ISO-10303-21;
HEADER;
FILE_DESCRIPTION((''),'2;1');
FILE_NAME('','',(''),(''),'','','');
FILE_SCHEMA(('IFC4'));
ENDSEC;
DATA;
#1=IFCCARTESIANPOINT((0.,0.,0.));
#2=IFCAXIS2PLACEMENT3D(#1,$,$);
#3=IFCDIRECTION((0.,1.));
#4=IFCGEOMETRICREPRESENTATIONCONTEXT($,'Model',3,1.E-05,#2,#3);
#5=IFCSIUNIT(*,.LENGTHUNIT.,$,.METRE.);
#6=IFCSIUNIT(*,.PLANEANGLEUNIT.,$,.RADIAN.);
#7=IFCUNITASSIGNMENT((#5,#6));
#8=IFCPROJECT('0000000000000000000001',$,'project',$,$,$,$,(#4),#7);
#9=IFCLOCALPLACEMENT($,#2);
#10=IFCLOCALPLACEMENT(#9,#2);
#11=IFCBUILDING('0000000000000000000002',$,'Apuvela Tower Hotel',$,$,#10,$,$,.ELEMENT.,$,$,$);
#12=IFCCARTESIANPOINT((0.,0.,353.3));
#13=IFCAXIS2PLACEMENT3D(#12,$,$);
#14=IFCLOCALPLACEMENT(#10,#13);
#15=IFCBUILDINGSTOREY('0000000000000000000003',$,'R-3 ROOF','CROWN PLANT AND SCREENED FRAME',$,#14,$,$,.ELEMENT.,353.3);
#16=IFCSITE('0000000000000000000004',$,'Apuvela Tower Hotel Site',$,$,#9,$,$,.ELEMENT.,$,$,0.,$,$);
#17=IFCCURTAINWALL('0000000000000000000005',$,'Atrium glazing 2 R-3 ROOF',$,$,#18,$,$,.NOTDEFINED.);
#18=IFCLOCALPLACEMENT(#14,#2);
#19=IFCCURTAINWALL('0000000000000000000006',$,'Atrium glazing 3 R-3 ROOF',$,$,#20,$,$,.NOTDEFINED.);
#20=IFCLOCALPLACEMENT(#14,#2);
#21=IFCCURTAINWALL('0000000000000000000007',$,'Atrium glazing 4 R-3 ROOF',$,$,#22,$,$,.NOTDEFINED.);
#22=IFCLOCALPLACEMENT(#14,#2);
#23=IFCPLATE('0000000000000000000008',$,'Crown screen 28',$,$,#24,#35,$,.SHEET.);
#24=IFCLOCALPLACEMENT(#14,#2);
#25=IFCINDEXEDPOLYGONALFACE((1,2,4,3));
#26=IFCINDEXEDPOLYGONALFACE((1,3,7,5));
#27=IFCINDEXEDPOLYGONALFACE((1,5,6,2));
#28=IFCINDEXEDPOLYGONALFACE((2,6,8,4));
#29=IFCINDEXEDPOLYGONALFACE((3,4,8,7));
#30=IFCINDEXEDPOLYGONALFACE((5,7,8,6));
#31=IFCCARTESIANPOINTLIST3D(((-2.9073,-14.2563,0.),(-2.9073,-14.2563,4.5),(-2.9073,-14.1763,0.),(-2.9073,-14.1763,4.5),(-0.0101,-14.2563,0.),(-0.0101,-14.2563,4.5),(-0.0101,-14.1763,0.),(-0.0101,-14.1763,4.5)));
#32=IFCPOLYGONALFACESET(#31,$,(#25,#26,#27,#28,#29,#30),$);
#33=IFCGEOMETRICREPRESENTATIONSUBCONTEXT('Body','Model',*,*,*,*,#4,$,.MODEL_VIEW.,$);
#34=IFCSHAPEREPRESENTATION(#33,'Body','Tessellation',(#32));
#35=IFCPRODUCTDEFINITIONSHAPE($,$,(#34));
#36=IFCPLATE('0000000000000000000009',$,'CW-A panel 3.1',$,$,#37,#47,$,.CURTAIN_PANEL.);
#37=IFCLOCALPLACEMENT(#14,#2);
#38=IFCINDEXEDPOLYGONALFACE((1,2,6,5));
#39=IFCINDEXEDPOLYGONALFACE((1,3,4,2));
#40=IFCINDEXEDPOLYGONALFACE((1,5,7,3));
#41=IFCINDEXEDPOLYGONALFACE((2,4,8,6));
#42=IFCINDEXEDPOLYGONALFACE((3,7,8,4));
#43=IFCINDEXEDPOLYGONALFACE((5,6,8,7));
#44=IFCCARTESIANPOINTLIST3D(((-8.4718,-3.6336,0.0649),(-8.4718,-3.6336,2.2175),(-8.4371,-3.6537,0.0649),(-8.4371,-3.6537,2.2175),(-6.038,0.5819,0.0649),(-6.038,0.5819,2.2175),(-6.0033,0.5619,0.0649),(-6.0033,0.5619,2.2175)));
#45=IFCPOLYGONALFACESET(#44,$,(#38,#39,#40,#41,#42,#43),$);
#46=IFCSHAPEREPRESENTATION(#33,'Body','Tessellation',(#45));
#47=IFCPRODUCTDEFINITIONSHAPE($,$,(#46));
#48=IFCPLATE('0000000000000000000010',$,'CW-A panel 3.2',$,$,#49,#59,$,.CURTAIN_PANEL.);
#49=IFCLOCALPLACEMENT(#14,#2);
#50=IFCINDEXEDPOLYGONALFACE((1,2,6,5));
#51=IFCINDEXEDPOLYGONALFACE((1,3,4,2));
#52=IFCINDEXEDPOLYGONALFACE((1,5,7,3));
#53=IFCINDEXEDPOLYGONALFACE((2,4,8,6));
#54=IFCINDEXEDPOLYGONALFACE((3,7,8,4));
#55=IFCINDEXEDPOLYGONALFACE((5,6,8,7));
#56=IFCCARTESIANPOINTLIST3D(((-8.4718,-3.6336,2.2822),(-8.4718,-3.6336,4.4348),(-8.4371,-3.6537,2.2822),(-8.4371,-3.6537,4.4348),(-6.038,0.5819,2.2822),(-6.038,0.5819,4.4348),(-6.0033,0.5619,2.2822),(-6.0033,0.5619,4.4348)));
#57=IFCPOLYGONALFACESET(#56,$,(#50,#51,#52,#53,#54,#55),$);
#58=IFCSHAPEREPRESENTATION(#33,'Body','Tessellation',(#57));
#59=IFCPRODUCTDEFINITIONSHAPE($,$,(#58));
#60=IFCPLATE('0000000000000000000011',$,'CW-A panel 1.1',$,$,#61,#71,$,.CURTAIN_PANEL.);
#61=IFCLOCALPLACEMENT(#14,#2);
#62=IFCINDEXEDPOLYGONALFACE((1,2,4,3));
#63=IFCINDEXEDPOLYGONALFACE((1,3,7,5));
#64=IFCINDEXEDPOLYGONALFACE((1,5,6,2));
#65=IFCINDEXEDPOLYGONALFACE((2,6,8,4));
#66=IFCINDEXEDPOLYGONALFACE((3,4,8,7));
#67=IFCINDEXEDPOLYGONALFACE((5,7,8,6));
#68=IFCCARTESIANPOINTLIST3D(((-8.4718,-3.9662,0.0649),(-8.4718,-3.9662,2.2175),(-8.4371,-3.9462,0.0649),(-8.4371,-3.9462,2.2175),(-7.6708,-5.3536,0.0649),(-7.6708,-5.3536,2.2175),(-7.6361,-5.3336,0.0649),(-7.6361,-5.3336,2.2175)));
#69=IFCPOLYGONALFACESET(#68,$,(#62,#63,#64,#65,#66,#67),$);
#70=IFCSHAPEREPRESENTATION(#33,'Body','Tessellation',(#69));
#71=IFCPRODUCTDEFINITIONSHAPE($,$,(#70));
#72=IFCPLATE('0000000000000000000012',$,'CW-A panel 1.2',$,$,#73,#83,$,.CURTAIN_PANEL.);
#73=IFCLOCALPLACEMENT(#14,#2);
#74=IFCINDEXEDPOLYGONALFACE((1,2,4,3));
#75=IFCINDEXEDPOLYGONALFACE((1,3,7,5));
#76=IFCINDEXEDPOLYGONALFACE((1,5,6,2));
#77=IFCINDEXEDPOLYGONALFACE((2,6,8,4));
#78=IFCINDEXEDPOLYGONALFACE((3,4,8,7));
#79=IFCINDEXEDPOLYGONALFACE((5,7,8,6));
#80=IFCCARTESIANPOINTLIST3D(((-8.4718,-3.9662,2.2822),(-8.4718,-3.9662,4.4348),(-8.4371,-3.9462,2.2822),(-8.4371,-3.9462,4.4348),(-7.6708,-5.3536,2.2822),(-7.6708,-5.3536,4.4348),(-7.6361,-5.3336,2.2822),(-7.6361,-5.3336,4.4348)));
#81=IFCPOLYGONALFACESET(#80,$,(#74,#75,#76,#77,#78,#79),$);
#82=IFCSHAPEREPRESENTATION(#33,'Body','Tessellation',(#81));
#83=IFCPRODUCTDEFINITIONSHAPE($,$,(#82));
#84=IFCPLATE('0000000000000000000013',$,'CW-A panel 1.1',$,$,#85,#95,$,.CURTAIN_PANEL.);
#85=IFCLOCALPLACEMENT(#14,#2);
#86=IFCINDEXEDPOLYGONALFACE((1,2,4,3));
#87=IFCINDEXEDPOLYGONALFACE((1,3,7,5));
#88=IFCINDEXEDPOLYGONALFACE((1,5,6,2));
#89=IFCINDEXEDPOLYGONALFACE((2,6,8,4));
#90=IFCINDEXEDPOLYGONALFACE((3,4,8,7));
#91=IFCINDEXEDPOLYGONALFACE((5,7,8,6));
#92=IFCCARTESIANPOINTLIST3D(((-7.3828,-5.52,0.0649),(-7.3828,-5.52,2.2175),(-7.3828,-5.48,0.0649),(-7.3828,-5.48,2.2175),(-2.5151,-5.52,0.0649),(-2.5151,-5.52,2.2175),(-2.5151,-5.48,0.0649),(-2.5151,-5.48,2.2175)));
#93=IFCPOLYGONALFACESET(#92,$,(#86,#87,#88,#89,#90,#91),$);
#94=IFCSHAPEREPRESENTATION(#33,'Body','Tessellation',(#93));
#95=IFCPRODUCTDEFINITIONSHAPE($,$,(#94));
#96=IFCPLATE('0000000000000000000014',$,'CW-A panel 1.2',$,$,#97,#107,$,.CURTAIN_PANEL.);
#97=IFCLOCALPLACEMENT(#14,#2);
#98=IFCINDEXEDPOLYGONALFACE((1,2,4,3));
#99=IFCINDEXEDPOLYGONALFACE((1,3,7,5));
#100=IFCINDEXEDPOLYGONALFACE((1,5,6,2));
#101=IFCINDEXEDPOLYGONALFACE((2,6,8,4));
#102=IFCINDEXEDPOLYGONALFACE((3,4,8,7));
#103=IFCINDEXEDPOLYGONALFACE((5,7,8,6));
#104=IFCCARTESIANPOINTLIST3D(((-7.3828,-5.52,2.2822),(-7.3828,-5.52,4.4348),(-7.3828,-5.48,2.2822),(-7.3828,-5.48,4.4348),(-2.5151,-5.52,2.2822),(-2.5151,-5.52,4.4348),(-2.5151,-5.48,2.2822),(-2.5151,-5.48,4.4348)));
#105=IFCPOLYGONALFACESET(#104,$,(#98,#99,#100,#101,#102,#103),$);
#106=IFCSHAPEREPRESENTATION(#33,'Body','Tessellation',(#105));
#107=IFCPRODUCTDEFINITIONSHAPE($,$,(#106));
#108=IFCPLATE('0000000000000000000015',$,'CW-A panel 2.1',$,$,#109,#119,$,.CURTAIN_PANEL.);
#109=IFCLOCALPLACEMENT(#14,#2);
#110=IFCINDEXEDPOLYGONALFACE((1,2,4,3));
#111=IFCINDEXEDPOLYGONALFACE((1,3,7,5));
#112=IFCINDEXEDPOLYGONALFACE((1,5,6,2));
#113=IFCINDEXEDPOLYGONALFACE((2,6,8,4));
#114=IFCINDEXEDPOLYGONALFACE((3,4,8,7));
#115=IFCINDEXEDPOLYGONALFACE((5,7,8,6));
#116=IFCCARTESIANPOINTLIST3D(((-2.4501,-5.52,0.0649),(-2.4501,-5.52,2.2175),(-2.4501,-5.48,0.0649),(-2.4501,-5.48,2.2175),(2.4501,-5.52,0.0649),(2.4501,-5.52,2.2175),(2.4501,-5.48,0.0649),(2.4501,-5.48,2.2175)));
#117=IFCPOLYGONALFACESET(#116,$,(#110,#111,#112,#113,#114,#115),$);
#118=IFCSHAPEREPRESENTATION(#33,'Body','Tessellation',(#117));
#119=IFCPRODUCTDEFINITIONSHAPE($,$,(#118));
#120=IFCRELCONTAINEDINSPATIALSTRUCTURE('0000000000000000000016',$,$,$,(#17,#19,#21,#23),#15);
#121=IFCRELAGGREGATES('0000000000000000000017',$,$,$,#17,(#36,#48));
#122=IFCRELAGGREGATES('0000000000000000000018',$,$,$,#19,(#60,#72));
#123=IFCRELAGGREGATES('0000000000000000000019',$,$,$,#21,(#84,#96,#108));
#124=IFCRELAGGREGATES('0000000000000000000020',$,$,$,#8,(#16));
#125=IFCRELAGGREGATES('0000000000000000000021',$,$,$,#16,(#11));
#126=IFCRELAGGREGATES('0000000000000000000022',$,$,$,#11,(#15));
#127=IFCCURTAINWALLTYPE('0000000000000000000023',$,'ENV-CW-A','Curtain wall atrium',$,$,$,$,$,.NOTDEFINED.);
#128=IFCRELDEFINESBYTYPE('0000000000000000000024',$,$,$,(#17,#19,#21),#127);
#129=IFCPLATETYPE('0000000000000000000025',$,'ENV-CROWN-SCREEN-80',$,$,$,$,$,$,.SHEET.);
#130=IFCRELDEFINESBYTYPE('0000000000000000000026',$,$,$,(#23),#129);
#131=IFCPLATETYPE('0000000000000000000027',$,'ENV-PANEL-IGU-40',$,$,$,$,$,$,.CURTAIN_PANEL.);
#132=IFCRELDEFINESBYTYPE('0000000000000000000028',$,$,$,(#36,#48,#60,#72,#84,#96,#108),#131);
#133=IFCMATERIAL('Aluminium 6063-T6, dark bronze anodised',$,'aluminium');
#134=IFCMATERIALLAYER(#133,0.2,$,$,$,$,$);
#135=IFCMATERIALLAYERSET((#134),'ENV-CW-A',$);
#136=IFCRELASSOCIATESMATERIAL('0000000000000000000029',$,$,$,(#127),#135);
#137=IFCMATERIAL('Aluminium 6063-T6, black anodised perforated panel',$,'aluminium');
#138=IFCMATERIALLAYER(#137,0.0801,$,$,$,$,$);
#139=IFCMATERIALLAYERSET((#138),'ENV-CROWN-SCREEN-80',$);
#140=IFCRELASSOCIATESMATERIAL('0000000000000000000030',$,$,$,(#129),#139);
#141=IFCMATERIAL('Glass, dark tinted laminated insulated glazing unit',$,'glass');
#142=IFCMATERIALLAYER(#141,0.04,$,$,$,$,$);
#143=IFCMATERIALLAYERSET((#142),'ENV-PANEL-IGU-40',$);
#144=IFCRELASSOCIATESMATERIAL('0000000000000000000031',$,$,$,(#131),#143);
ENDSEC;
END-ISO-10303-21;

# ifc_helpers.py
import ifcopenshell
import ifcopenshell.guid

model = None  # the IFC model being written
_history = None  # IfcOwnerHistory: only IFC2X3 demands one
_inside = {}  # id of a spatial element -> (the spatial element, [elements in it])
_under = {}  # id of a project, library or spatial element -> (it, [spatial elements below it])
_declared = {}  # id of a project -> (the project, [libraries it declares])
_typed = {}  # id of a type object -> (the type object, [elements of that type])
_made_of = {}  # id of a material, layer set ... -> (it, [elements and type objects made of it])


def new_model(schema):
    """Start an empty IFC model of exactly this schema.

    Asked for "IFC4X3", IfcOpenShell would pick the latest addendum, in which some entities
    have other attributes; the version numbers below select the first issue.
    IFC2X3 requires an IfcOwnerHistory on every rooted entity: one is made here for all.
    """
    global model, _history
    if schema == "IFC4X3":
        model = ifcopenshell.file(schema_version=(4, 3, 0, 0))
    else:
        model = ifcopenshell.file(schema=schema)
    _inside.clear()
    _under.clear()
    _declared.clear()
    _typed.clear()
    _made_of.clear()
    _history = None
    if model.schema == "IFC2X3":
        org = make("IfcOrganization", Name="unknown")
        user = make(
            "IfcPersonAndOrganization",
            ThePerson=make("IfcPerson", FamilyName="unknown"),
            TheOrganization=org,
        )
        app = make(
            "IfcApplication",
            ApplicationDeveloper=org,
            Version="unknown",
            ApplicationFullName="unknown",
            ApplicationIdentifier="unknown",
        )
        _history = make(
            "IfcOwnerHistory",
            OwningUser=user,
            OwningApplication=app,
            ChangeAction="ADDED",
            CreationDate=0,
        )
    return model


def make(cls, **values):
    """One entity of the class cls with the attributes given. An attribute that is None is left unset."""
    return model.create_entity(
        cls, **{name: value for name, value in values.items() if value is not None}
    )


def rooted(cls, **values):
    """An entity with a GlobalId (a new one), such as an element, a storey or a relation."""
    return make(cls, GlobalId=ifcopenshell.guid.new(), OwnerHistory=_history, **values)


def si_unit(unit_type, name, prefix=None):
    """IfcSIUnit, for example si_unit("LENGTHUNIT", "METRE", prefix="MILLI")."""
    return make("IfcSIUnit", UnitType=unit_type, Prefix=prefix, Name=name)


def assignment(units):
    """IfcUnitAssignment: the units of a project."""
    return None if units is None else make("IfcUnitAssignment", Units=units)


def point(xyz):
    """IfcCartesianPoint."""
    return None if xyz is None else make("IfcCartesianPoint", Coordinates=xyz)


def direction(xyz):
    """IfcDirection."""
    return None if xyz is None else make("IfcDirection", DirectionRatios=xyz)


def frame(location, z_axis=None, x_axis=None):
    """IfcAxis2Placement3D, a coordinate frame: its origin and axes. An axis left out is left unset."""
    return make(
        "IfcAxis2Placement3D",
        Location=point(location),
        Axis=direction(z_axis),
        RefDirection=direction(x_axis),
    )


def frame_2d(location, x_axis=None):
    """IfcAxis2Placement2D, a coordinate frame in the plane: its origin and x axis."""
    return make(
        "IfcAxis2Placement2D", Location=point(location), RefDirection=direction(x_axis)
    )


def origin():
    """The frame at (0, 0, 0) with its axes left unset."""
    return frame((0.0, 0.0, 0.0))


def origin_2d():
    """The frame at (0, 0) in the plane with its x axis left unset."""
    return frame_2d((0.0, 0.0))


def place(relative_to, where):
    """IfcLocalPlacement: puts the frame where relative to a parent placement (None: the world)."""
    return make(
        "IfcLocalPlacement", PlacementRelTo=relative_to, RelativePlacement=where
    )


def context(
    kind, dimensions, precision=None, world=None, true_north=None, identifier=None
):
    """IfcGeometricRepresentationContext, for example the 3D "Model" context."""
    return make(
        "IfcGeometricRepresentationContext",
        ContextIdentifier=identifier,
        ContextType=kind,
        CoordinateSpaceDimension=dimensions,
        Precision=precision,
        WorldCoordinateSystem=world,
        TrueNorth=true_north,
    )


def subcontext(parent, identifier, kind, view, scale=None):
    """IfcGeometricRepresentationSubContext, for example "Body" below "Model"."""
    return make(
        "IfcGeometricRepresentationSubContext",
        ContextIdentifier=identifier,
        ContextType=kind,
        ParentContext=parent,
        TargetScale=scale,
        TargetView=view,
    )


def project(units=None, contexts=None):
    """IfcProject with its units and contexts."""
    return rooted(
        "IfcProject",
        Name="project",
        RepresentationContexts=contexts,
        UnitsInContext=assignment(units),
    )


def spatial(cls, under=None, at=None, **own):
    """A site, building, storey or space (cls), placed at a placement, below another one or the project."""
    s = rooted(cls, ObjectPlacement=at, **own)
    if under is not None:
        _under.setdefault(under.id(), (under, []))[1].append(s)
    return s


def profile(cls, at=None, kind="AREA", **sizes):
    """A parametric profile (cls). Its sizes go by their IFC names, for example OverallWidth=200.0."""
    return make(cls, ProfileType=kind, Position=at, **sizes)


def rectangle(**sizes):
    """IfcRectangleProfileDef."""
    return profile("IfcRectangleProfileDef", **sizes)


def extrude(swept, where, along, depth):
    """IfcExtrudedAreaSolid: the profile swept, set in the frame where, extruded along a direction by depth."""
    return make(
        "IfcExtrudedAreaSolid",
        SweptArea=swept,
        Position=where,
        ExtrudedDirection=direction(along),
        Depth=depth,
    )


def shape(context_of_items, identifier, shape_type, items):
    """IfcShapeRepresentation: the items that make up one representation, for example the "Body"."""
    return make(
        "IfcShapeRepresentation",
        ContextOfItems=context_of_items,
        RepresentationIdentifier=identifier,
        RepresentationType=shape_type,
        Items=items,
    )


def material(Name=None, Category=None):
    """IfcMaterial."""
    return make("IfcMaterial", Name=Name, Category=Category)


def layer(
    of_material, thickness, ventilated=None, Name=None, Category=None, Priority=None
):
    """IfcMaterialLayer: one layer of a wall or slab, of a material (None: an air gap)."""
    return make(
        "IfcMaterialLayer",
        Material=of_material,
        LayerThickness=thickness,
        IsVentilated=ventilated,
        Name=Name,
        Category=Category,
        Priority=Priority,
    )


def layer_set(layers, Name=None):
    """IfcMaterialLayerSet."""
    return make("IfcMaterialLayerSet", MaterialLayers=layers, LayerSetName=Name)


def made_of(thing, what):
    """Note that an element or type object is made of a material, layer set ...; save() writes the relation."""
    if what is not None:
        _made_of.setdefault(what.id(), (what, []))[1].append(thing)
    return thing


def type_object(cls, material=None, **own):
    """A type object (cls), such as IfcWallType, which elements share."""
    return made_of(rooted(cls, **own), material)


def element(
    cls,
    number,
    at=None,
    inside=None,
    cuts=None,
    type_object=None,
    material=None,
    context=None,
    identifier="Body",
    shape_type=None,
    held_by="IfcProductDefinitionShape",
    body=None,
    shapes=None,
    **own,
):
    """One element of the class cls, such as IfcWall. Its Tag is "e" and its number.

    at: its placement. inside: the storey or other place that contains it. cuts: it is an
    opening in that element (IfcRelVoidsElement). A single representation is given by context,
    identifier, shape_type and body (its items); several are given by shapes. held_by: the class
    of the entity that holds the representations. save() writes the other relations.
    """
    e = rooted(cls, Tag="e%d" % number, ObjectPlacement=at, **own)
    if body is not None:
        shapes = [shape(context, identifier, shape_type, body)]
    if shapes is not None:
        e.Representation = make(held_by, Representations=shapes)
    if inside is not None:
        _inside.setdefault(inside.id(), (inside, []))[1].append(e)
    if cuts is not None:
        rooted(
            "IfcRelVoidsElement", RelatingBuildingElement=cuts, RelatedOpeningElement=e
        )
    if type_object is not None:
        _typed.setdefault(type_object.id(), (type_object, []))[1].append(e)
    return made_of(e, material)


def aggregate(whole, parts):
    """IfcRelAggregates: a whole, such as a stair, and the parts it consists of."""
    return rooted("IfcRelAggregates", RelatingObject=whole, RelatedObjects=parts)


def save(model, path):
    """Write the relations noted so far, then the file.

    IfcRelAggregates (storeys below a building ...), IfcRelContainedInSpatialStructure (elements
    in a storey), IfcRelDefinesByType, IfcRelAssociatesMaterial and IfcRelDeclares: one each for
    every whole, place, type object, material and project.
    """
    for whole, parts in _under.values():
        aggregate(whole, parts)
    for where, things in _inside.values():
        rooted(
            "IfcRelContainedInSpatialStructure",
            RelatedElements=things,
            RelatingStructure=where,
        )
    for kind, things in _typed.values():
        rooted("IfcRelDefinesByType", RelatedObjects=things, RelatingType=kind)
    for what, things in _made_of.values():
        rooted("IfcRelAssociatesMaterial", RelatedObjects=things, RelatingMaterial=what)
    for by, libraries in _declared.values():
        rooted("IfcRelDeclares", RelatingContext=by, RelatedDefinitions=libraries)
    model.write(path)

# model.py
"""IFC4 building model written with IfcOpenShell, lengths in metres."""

from ifc_helpers import new_model, si_unit, direction, frame, origin, origin_2d, place, context, subcontext, project, spatial, rectangle, extrude, material, layer, layer_set, type_object, element, aggregate, save


model = new_model("IFC4")

# Units and contexts
model_context = context("Model", 3, precision=1e-05, world=origin(), true_north=direction((0.0, 1.0)))
body_context = subcontext(model_context, "Body", "Model", "MODEL_VIEW")
ifc_project = project(units=[si_unit("LENGTHUNIT", "METRE"), si_unit("PLANEANGLEUNIT", "RADIAN")], contexts=[model_context])

# Site, building, storey
site_placement = place(None, origin())
site = spatial("IfcSite", under=ifc_project, at=site_placement, Name="Apuvela Tower Hotel Site", CompositionType="ELEMENT", RefElevation=0.0)
building_placement = place(site_placement, origin())
building = spatial("IfcBuilding", under=site, at=building_placement, Name="Apuvela Tower Hotel", CompositionType="ELEMENT")
storey_placement = place(building_placement, frame((0.0, 0.0, 353.3)))
storey = spatial("IfcBuildingStorey", under=building, at=storey_placement, Name="R-3 ROOF", Description="CROWN PLANT AND SCREENED FRAME", CompositionType="ELEMENT", Elevation=353.3)

# Curtain wall
ifc_material_1 = material(Name="Aluminium 6063-T6, dark bronze anodised", Category="aluminium")
ifc_layer_1 = layer(ifc_material_1, 0.2)
ifc_layer_set_1 = layer_set([ifc_layer_1], Name="ENV-CW-A")
curtain_wall_type = type_object("IfcCurtainWallType", Name="ENV-CW-A", Description="Curtain wall atrium", PredefinedType="NOTDEFINED", material=ifc_layer_set_1)
curtain_wall_1_placement = place(storey_placement, origin())
curtain_wall_1 = element("IfcCurtainWall", 1, at=curtain_wall_1_placement, inside=storey, type_object=curtain_wall_type, Name="Atrium glazing 2 R-3 ROOF", PredefinedType="NOTDEFINED")

# Curtain walls
curtain_wall_2_placement = place(storey_placement, origin())
curtain_wall_2 = element("IfcCurtainWall", 2, at=curtain_wall_2_placement, inside=storey, type_object=curtain_wall_type, Name="Atrium glazing 3 R-3 ROOF", PredefinedType="NOTDEFINED")
curtain_wall_3_placement = place(storey_placement, origin())
curtain_wall_3 = element("IfcCurtainWall", 3, at=curtain_wall_3_placement, inside=storey, type_object=curtain_wall_type, Name="Atrium glazing 4 R-3 ROOF", PredefinedType="NOTDEFINED")

# Plate
ifc_material_2 = material(Name="Aluminium 6063-T6, black anodised perforated panel", Category="aluminium")
ifc_layer_2 = layer(ifc_material_2, 0.0801)
ifc_layer_set_2 = layer_set([ifc_layer_2], Name="ENV-CROWN-SCREEN-80")
plate_type_1 = type_object("IfcPlateType", Name="ENV-CROWN-SCREEN-80", PredefinedType="SHEET", material=ifc_layer_set_2)
for number, where, z_axis, x_axis, name in (
    (4, (-1.4587, -14.2163, 0.0), (0.0, 0.0, 1.0), (1.0, 0.0, 0.0), "Crown screen 28"),
):
    element("IfcPlate", number, at=place(storey_placement, frame(where, z_axis=z_axis, x_axis=x_axis)), inside=storey, type_object=plate_type_1, Name=name, PredefinedType="SHEET", context=body_context, shape_type="SweptSolid", body=[
        extrude(rectangle(XDim=2.8972, YDim=0.0801, at=origin_2d()), origin(), (0.0, 0.0, 1.0), 4.5),
    ])

# Plates
ifc_material_3 = material(Name="Glass, dark tinted laminated insulated glazing unit", Category="glass")
ifc_layer_3 = layer(ifc_material_3, 0.04)
ifc_layer_set_3 = layer_set([ifc_layer_3], Name="ENV-PANEL-IGU-40")
plate_type_2 = type_object("IfcPlateType", Name="ENV-PANEL-IGU-40", PredefinedType="CURTAIN_PANEL", material=ifc_layer_set_3)
plate_1_placement = place(storey_placement, frame((-7.2375, -1.5359, 0.0649), z_axis=(0.0, 0.0, 1.0), x_axis=(-0.499999, -0.866026, 0.0)))
plate_1 = element("IfcPlate", 5, at=plate_1_placement, type_object=plate_type_2, Name="CW-A panel 3.1", PredefinedType="CURTAIN_PANEL", context=body_context, shape_type="SweptSolid", body=[
    extrude(rectangle(XDim=4.8677, YDim=0.04, at=origin_2d()), origin(), (0.0, 0.0, 1.0), 2.1526),
])
plate_2_placement = place(storey_placement, frame((-7.2375, -1.5359, 2.2822), z_axis=(0.0, 0.0, 1.0), x_axis=(-0.499999, -0.866026, 0.0)))
plate_2 = element("IfcPlate", 6, at=plate_2_placement, type_object=plate_type_2, Name="CW-A panel 3.2", PredefinedType="CURTAIN_PANEL", context=body_context, shape_type="SweptSolid", body=[
    extrude(rectangle(XDim=4.8677, YDim=0.04, at=origin_2d()), origin(), (0.0, 0.0, 1.0), 2.1526),
])
aggregate(curtain_wall_1, [plate_1, plate_2])
plate_3_placement = place(storey_placement, frame((-8.054, -4.6499, 0.0649), z_axis=(0.0, 0.0, 1.0), x_axis=(0.499989, -0.866032, 0.0)))
plate_3 = element("IfcPlate", 7, at=plate_3_placement, type_object=plate_type_2, Name="CW-A panel 1.1", PredefinedType="CURTAIN_PANEL", context=body_context, shape_type="SweptSolid", body=[
    extrude(rectangle(XDim=1.6021, YDim=0.04, at=origin_2d()), origin(), (0.0, 0.0, 1.0), 2.1526),
])
plate_4_placement = place(storey_placement, frame((-8.054, -4.6499, 2.2822), z_axis=(0.0, 0.0, 1.0), x_axis=(0.499989, -0.866032, 0.0)))
plate_4 = element("IfcPlate", 8, at=plate_4_placement, type_object=plate_type_2, Name="CW-A panel 1.2", PredefinedType="CURTAIN_PANEL", context=body_context, shape_type="SweptSolid", body=[
    extrude(rectangle(XDim=1.6021, YDim=0.04, at=origin_2d()), origin(), (0.0, 0.0, 1.0), 2.1526),
])
aggregate(curtain_wall_2, [plate_3, plate_4])
plate_5_placement = place(storey_placement, frame((-4.949, -5.5, 0.0649), z_axis=(0.0, 0.0, 1.0), x_axis=(1.0, 0.0, 0.0)))
plate_5 = element("IfcPlate", 9, at=plate_5_placement, type_object=plate_type_2, Name="CW-A panel 1.1", PredefinedType="CURTAIN_PANEL", context=body_context, shape_type="SweptSolid", body=[
    extrude(rectangle(XDim=4.8677, YDim=0.04, at=origin_2d()), origin(), (0.0, 0.0, 1.0), 2.1526),
])
plate_6_placement = place(storey_placement, frame((-4.949, -5.5, 2.2822), z_axis=(0.0, 0.0, 1.0), x_axis=(1.0, 0.0, 0.0)))
plate_6 = element("IfcPlate", 10, at=plate_6_placement, type_object=plate_type_2, Name="CW-A panel 1.2", PredefinedType="CURTAIN_PANEL", context=body_context, shape_type="SweptSolid", body=[
    extrude(rectangle(XDim=4.8677, YDim=0.04, at=origin_2d()), origin(), (0.0, 0.0, 1.0), 2.1526),
])
plate_7_placement = place(storey_placement, frame((0.0, -5.5, 0.0649), z_axis=(0.0, 0.0, 1.0), x_axis=(1.0, 0.0, 0.0)))
plate_7 = element("IfcPlate", 11, at=plate_7_placement, type_object=plate_type_2, Name="CW-A panel 2.1", PredefinedType="CURTAIN_PANEL", context=body_context, shape_type="SweptSolid", body=[
    extrude(rectangle(XDim=4.9001, YDim=0.04, at=origin_2d()), origin(), (0.0, 0.0, 1.0), 2.1526),
])
aggregate(curtain_wall_3, [plate_5, plate_6, plate_7])

save(model, "model.ifc")
